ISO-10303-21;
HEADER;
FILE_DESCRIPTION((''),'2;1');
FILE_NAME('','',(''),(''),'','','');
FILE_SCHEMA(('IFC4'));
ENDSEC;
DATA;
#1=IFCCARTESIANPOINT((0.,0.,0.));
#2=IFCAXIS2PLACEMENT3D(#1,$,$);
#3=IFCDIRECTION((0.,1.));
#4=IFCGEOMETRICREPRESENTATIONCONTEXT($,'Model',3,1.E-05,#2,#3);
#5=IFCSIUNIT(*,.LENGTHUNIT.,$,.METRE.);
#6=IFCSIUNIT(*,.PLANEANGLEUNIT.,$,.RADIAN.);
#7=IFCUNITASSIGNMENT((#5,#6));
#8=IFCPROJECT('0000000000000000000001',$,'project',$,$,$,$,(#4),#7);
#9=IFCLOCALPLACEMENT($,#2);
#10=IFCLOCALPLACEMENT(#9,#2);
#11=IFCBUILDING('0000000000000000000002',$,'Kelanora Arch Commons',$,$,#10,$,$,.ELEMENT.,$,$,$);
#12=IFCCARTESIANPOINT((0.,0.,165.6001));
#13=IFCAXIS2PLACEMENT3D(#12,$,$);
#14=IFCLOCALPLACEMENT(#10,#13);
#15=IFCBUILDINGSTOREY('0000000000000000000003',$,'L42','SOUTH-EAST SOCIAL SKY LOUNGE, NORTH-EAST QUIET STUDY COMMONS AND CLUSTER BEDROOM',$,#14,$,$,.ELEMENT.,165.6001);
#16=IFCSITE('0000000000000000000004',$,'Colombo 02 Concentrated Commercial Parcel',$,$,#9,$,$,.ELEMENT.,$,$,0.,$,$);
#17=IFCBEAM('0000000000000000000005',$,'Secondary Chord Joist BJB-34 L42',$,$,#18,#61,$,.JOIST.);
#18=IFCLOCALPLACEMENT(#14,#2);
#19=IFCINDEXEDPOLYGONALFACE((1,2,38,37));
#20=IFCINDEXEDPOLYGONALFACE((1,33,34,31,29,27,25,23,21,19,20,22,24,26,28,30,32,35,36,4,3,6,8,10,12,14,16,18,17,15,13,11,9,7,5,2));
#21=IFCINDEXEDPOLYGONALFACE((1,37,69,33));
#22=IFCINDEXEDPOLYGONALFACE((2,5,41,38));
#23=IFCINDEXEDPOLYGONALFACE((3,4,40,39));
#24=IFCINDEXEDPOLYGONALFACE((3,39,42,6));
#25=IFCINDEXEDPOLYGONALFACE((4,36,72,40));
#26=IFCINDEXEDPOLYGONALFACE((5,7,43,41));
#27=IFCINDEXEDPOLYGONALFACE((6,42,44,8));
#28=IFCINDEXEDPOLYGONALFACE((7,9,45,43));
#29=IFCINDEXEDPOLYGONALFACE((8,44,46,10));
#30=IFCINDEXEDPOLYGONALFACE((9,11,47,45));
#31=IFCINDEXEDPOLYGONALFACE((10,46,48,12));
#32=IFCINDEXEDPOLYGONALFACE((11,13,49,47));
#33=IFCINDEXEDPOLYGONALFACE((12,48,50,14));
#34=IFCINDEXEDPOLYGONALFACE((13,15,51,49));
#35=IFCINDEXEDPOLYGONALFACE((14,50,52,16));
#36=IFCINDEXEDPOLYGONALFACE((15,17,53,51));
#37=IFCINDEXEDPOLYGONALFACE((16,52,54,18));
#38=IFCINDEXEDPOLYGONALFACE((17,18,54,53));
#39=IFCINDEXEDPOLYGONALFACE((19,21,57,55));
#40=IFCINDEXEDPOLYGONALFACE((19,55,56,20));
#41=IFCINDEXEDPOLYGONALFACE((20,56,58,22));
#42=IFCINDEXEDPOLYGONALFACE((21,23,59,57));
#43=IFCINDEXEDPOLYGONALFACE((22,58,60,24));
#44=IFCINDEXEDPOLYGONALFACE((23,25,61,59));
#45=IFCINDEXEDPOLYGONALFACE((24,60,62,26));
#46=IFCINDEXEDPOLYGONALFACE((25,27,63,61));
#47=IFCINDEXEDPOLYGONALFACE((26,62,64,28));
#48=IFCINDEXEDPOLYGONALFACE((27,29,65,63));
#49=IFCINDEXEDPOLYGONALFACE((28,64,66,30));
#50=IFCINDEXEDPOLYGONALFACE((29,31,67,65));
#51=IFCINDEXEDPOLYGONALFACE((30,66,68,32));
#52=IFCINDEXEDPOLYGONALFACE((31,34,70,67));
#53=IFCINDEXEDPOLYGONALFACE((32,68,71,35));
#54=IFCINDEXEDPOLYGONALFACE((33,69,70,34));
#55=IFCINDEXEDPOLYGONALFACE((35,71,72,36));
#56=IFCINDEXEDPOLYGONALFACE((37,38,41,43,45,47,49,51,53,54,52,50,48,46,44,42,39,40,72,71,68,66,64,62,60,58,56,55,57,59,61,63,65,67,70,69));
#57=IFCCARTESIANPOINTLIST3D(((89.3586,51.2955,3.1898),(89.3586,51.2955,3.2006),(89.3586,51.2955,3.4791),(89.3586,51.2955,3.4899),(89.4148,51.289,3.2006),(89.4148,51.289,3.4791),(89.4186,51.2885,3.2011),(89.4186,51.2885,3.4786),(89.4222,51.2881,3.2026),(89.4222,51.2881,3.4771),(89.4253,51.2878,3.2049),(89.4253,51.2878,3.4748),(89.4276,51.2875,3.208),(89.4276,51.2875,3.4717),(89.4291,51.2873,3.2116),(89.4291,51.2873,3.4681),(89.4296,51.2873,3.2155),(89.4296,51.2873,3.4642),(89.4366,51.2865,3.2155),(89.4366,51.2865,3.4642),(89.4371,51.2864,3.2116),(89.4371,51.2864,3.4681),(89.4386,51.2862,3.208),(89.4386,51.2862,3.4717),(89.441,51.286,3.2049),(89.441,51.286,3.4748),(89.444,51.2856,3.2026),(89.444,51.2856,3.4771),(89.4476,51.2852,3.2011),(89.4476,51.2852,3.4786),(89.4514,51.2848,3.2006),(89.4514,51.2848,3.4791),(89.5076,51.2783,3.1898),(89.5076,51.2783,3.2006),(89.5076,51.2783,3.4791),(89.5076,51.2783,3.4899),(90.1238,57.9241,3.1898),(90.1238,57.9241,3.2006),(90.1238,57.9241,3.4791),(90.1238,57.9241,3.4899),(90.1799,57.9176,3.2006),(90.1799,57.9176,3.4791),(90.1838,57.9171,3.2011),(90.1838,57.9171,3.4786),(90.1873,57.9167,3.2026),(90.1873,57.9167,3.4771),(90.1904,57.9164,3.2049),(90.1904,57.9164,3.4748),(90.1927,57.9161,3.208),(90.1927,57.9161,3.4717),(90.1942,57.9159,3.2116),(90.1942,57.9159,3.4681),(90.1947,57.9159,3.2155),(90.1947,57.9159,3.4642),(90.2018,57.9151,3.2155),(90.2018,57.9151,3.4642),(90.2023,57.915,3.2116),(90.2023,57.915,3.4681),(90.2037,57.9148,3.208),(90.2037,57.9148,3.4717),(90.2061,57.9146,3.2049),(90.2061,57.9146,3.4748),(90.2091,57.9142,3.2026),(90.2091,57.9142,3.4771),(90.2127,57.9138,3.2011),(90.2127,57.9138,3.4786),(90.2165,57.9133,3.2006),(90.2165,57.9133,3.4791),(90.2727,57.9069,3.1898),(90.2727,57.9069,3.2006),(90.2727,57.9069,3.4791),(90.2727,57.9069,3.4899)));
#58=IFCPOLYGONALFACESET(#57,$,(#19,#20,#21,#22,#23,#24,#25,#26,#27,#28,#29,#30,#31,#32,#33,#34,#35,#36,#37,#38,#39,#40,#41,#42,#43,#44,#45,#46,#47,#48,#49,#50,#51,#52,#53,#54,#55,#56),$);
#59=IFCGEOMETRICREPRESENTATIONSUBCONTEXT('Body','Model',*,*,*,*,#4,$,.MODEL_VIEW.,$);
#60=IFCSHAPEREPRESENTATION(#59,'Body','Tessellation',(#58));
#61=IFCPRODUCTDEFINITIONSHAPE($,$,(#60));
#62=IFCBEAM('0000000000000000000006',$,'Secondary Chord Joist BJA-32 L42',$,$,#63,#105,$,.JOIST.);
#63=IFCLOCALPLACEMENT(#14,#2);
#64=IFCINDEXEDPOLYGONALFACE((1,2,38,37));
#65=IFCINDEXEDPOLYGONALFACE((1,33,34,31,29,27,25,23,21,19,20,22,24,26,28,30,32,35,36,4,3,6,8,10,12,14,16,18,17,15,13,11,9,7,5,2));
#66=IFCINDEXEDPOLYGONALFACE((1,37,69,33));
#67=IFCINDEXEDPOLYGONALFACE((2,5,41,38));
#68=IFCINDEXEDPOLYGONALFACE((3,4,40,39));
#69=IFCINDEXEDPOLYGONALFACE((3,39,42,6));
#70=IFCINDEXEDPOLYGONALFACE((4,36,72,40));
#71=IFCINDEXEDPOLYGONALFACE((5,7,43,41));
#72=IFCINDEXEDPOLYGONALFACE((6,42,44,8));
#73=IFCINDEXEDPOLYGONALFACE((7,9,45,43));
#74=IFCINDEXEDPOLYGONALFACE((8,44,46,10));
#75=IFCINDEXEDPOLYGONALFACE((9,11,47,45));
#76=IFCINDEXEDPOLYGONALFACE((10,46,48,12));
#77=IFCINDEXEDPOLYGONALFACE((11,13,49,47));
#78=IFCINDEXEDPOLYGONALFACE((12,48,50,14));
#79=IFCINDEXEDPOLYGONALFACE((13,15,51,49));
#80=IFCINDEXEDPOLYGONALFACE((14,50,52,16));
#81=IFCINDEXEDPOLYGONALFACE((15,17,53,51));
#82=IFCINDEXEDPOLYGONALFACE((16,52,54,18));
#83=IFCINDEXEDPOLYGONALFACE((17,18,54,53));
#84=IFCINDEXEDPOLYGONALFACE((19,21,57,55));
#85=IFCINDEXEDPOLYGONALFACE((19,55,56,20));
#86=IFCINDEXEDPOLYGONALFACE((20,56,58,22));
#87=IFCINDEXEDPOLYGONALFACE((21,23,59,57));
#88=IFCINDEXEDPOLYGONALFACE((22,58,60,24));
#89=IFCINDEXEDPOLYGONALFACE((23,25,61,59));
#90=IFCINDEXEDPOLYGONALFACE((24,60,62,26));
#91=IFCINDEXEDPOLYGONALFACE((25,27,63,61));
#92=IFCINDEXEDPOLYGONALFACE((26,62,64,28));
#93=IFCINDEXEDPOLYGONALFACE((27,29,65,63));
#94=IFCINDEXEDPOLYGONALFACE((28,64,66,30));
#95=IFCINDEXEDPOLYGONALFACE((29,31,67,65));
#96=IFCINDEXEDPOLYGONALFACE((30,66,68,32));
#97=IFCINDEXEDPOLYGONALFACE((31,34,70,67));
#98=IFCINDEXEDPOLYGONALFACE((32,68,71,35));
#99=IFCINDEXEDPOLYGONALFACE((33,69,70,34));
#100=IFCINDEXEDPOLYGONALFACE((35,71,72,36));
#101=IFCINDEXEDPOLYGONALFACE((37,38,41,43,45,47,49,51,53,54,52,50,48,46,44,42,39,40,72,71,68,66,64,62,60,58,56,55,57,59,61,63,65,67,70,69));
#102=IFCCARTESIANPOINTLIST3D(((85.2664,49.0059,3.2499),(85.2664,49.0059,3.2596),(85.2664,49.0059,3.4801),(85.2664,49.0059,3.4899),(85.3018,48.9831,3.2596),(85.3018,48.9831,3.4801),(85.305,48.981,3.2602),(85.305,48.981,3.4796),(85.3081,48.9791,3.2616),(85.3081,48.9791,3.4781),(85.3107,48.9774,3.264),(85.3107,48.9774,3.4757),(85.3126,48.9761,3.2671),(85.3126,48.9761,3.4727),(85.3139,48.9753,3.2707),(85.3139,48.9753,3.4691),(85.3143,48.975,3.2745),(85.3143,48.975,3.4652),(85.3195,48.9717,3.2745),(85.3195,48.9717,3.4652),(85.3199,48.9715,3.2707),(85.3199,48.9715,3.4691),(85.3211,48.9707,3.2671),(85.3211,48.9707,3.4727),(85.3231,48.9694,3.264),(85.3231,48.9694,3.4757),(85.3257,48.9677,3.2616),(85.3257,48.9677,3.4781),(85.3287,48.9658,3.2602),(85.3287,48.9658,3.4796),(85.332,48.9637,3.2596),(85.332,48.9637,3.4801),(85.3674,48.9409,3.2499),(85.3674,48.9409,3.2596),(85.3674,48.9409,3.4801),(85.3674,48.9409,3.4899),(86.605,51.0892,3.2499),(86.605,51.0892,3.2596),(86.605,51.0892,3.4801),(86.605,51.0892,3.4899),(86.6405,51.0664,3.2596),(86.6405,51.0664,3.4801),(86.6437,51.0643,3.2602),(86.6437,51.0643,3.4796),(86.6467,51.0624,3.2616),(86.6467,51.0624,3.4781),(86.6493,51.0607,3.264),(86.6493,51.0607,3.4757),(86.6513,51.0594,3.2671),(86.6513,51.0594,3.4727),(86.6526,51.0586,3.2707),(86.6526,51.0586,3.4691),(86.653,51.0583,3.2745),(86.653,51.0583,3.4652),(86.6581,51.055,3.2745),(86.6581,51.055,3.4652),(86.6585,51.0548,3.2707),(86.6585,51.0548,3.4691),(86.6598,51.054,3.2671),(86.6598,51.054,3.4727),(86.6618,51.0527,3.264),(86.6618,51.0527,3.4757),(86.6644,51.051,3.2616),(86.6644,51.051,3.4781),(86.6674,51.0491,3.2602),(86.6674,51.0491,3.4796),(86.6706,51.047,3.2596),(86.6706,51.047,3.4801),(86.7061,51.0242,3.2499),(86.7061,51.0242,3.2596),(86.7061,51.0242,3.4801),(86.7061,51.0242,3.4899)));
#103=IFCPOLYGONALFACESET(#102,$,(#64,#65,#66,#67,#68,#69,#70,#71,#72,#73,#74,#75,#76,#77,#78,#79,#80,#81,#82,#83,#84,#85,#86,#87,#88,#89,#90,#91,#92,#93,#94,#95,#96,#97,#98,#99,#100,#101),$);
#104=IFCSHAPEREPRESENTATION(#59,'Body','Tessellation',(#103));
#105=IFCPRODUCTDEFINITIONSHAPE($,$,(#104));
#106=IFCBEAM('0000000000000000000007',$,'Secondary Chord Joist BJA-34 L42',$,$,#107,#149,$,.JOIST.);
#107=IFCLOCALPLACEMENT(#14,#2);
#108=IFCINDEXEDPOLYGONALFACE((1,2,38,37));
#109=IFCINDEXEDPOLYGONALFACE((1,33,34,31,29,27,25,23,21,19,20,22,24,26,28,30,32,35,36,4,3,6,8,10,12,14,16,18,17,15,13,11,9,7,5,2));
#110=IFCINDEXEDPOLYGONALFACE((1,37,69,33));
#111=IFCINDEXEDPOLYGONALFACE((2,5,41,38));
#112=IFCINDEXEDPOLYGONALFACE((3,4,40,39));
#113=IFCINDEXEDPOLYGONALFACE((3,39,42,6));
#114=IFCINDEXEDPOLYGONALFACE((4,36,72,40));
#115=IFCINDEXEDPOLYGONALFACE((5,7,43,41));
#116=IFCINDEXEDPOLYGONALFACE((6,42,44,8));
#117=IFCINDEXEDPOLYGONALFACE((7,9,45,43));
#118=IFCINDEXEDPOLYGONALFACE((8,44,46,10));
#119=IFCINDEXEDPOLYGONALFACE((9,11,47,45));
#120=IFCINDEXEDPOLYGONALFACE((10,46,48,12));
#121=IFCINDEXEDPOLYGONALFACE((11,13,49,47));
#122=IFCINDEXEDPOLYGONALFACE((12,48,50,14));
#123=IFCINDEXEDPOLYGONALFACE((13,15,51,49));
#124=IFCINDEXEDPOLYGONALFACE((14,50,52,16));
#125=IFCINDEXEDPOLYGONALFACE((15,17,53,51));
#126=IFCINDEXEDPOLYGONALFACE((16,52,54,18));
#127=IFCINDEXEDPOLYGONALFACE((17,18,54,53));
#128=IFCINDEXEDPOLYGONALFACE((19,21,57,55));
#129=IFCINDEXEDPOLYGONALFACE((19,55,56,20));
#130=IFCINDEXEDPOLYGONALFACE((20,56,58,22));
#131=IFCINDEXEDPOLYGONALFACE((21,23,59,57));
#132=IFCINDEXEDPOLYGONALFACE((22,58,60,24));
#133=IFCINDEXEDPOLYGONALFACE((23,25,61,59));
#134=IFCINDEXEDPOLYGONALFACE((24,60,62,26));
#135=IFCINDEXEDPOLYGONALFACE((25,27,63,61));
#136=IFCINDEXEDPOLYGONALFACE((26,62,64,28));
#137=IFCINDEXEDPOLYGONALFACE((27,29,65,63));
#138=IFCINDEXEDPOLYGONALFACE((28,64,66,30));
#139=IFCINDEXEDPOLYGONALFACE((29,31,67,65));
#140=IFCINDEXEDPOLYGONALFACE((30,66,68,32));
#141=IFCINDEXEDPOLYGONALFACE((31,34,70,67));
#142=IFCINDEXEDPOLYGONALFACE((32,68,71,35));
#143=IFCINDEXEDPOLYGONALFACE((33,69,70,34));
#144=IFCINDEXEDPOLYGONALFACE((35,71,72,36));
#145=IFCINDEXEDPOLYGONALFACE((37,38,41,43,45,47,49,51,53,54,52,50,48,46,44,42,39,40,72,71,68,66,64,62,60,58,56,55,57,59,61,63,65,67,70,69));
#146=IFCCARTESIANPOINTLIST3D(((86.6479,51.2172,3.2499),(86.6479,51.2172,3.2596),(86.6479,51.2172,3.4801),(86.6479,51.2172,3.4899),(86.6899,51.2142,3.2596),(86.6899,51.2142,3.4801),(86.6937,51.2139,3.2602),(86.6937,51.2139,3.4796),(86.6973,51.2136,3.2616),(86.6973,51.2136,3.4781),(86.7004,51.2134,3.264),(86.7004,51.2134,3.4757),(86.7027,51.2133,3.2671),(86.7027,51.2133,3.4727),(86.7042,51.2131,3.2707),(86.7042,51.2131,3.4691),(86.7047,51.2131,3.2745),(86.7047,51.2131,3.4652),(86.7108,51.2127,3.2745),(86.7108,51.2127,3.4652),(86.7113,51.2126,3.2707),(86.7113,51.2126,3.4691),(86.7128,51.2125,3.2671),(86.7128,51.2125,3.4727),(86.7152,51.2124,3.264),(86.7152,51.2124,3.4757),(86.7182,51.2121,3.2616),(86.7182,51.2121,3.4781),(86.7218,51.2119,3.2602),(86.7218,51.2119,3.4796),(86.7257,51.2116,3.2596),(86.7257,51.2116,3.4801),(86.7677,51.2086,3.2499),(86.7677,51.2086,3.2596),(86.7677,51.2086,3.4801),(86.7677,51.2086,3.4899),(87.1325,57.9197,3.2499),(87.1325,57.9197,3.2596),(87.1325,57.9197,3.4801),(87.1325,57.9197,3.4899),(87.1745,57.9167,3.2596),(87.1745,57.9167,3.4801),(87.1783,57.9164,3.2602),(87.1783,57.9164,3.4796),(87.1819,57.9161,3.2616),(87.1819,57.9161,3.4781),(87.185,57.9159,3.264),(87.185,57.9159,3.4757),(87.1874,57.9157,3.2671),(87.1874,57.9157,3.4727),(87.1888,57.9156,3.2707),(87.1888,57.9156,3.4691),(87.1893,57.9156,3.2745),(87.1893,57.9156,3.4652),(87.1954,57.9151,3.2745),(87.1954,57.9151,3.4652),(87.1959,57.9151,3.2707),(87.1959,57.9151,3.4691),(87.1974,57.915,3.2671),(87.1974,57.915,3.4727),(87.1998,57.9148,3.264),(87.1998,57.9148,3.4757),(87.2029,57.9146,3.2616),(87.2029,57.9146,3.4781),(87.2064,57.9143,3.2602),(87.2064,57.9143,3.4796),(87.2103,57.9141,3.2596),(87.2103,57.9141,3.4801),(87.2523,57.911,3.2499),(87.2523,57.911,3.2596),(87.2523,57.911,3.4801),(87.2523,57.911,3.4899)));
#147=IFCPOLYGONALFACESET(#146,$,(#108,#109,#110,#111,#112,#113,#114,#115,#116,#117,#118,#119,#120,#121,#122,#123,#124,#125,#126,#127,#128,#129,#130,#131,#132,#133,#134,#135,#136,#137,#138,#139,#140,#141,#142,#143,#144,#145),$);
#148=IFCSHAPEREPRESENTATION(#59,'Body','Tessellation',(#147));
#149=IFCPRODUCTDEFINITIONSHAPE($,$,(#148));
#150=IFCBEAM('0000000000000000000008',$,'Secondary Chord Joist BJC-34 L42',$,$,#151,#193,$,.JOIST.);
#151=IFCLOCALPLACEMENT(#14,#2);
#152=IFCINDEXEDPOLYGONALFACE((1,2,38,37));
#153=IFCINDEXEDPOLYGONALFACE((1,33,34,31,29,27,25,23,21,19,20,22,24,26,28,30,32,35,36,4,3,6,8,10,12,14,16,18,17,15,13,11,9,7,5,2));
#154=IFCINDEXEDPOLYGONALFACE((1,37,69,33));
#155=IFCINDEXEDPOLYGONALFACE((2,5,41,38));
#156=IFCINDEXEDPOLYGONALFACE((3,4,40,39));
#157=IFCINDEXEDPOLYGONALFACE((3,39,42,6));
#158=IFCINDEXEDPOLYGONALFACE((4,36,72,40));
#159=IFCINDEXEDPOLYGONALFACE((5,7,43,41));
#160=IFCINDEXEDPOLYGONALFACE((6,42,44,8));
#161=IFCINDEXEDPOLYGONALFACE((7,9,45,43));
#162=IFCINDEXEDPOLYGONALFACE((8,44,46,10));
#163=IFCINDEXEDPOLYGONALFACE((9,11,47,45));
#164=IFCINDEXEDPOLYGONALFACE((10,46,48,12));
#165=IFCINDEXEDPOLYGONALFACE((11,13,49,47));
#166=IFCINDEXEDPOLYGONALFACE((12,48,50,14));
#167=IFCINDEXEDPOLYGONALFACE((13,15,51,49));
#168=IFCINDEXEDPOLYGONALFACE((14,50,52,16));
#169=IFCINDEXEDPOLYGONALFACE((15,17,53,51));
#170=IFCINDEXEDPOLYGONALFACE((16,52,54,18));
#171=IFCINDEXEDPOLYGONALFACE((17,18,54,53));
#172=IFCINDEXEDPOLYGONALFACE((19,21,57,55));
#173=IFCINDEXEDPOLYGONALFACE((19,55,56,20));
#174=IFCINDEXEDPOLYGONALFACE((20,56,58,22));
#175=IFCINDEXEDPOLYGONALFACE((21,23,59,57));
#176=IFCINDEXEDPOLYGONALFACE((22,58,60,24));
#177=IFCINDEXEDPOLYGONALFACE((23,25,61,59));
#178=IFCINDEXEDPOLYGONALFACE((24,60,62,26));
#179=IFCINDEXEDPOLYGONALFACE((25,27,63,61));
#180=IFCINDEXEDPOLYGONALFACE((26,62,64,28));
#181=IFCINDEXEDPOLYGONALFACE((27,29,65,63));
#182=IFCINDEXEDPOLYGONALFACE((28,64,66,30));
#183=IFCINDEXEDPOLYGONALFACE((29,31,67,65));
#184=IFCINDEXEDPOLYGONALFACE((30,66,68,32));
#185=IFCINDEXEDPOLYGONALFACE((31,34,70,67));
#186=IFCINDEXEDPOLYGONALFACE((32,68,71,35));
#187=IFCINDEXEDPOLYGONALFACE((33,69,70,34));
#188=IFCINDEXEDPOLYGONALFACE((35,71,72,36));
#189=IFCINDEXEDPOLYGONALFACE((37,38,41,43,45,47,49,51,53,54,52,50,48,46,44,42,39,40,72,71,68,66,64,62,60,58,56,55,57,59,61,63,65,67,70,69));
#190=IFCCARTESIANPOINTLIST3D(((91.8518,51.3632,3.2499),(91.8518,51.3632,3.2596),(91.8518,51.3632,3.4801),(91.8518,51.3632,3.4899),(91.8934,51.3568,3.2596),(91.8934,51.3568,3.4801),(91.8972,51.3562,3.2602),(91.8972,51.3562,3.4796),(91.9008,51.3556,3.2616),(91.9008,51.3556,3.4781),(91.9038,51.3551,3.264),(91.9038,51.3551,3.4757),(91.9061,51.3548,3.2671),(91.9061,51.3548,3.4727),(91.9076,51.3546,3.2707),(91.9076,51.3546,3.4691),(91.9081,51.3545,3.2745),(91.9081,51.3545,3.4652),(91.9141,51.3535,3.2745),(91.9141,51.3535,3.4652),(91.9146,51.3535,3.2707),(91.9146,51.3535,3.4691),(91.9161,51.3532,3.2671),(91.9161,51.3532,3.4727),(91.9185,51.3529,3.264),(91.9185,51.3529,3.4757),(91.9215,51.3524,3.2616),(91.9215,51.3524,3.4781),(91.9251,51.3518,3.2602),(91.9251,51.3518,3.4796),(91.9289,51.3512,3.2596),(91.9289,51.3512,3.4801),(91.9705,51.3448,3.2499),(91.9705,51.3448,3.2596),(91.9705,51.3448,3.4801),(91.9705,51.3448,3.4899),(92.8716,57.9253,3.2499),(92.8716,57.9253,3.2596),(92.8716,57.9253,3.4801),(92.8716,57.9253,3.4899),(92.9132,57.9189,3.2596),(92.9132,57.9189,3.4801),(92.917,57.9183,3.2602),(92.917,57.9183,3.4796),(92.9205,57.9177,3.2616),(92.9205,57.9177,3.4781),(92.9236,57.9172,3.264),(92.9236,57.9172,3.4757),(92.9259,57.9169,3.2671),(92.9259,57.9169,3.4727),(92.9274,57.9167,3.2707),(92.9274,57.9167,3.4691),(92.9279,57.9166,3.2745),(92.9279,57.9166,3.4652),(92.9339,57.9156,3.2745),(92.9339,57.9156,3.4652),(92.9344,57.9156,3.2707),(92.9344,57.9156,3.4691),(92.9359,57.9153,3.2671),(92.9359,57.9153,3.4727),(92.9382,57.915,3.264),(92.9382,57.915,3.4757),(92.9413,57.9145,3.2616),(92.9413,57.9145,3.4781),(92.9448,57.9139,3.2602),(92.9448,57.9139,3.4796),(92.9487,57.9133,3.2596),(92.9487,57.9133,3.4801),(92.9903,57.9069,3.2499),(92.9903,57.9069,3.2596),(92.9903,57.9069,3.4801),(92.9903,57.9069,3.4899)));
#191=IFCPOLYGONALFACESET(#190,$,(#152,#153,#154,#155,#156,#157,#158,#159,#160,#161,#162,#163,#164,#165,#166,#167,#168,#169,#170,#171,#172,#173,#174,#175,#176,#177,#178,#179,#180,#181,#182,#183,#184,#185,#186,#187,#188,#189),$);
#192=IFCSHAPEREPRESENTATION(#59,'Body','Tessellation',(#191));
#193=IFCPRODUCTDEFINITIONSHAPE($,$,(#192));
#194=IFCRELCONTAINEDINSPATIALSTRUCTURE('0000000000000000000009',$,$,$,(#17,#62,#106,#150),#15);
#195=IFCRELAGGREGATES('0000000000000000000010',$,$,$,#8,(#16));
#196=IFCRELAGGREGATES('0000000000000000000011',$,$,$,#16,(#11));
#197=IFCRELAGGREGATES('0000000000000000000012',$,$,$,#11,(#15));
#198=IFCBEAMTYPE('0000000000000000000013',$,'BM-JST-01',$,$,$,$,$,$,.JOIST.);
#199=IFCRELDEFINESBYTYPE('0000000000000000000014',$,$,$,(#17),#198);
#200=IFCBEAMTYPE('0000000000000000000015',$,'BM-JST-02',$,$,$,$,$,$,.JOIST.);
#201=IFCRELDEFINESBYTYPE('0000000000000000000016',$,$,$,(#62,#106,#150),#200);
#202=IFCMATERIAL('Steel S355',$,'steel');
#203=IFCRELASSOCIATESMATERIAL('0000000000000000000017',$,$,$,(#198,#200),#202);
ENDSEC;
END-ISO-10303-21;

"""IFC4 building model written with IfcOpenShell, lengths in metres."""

from ifc_helpers import new_model, si_unit, direction, frame, origin, origin_2d, place, context, subcontext, project, spatial, i_section, extrude, material, material_profile, profile_set, type_object, element, save


model = new_model("IFC4")

# Units and contexts
model_context = context("Model", 3, precision=1e-05, world=origin(), true_north=direction((0.0, 1.0)))
body_context = subcontext(model_context, "Body", "Model", "MODEL_VIEW")
ifc_project = project(units=[si_unit("LENGTHUNIT", "METRE"), si_unit("PLANEANGLEUNIT", "RADIAN")], contexts=[model_context])

# Site, building, storey
site_placement = place(None, origin())
site = spatial("IfcSite", under=ifc_project, at=site_placement, Name="Colombo 02 Concentrated Commercial Parcel", CompositionType="ELEMENT", RefElevation=0.0)
building_placement = place(site_placement, origin())
building = spatial("IfcBuilding", under=site, at=building_placement, Name="Kelanora Arch Commons", CompositionType="ELEMENT")
storey_placement = place(building_placement, frame((0.0, 0.0, 165.6001)))
storey = spatial("IfcBuildingStorey", under=building, at=storey_placement, Name="L42", Description="SOUTH-EAST SOCIAL SKY LOUNGE, NORTH-EAST QUIET STUDY COMMONS AND CLUSTER BEDROOM", CompositionType="ELEMENT", Elevation=165.6001)

# Beams
ifc_material_1 = material(Name="Steel S355", Category="steel")
ifc_material_profile_1 = material_profile(ifc_material_1, i_section(OverallWidth=0.1499, OverallDepth=0.3, WebThickness=0.0071, FlangeThickness=0.0107, FilletRadius=0.0149, at=origin_2d()), Name="IPE300")
ifc_profile_set_1 = profile_set([ifc_material_profile_1], Name="Steel S355")
beam_type_1 = type_object("IfcBeamType", Name="BM-JST-01", PredefinedType="JOIST", material=ifc_profile_set_1)
beam_1_placement = place(storey_placement, frame((89.4331, 51.2869, 3.3398), z_axis=(0.114667, 0.993404, 0.0), x_axis=(-0.993404, 0.114667, 0.0)))
element("IfcBeam", 1, at=beam_1_placement, inside=storey, type_object=beam_type_1, Name="Secondary Chord Joist BJB-34 L42", PredefinedType="JOIST", context=body_context, shape_type="SweptSolid", body=[
    extrude(i_section(OverallWidth=0.1499, OverallDepth=0.3, WebThickness=0.0071, FlangeThickness=0.0107, FilletRadius=0.0149, at=origin_2d()), origin(), (0.0, 0.0, 1.0), 6.6726),
])
ifc_material_profile_2 = material_profile(ifc_material_1, i_section(OverallWidth=0.1201, OverallDepth=0.24, WebThickness=0.0061, FlangeThickness=0.0098, FilletRadius=0.0149, at=origin_2d()), Name="IPE240")
ifc_profile_set_2 = profile_set([ifc_material_profile_2], Name="Steel S355")
beam_type_2 = type_object("IfcBeamType", Name="BM-JST-02", PredefinedType="JOIST", material=ifc_profile_set_2)
beam_2_placement = place(storey_placement, frame((85.3169, 48.9734, 3.3699), z_axis=(0.540583, 0.841291, 0.0), x_axis=(-0.841291, 0.540583, 0.0)))
element("IfcBeam", 2, at=beam_2_placement, inside=storey, type_object=beam_type_2, Name="Secondary Chord Joist BJA-32 L42", PredefinedType="JOIST", context=body_context, shape_type="SweptSolid", body=[
    extrude(i_section(OverallWidth=0.1201, OverallDepth=0.24, WebThickness=0.0061, FlangeThickness=0.0098, FilletRadius=0.0149, at=origin_2d()), origin(), (0.0, 0.0, 1.0), 2.4763),
])
beam_3_placement = place(storey_placement, frame((86.7078, 51.2129, 3.3699), z_axis=(0.072117, 0.997396, 0.0), x_axis=(-0.997396, 0.072117, 0.0)))
element("IfcBeam", 3, at=beam_3_placement, inside=storey, type_object=beam_type_2, Name="Secondary Chord Joist BJA-34 L42", PredefinedType="JOIST", context=body_context, shape_type="SweptSolid", body=[
    extrude(i_section(OverallWidth=0.1201, OverallDepth=0.24, WebThickness=0.0061, FlangeThickness=0.0098, FilletRadius=0.0149, at=origin_2d()), origin(), (0.0, 0.0, 1.0), 6.72),
])
beam_4_placement = place(storey_placement, frame((91.9111, 51.354, 3.3699), z_axis=(0.153563, 0.988139, 0.0), x_axis=(-0.988139, 0.153563, 0.0)))
element("IfcBeam", 4, at=beam_4_placement, inside=storey, type_object=beam_type_2, Name="Secondary Chord Joist BJC-34 L42", PredefinedType="JOIST", context=body_context, shape_type="SweptSolid", body=[
    extrude(i_section(OverallWidth=0.1201, OverallDepth=0.24, WebThickness=0.0061, FlangeThickness=0.0098, FilletRadius=0.0149, at=origin_2d()), origin(), (0.0, 0.0, 1.0), 6.6409),
])

save(model, "model.ifc")
